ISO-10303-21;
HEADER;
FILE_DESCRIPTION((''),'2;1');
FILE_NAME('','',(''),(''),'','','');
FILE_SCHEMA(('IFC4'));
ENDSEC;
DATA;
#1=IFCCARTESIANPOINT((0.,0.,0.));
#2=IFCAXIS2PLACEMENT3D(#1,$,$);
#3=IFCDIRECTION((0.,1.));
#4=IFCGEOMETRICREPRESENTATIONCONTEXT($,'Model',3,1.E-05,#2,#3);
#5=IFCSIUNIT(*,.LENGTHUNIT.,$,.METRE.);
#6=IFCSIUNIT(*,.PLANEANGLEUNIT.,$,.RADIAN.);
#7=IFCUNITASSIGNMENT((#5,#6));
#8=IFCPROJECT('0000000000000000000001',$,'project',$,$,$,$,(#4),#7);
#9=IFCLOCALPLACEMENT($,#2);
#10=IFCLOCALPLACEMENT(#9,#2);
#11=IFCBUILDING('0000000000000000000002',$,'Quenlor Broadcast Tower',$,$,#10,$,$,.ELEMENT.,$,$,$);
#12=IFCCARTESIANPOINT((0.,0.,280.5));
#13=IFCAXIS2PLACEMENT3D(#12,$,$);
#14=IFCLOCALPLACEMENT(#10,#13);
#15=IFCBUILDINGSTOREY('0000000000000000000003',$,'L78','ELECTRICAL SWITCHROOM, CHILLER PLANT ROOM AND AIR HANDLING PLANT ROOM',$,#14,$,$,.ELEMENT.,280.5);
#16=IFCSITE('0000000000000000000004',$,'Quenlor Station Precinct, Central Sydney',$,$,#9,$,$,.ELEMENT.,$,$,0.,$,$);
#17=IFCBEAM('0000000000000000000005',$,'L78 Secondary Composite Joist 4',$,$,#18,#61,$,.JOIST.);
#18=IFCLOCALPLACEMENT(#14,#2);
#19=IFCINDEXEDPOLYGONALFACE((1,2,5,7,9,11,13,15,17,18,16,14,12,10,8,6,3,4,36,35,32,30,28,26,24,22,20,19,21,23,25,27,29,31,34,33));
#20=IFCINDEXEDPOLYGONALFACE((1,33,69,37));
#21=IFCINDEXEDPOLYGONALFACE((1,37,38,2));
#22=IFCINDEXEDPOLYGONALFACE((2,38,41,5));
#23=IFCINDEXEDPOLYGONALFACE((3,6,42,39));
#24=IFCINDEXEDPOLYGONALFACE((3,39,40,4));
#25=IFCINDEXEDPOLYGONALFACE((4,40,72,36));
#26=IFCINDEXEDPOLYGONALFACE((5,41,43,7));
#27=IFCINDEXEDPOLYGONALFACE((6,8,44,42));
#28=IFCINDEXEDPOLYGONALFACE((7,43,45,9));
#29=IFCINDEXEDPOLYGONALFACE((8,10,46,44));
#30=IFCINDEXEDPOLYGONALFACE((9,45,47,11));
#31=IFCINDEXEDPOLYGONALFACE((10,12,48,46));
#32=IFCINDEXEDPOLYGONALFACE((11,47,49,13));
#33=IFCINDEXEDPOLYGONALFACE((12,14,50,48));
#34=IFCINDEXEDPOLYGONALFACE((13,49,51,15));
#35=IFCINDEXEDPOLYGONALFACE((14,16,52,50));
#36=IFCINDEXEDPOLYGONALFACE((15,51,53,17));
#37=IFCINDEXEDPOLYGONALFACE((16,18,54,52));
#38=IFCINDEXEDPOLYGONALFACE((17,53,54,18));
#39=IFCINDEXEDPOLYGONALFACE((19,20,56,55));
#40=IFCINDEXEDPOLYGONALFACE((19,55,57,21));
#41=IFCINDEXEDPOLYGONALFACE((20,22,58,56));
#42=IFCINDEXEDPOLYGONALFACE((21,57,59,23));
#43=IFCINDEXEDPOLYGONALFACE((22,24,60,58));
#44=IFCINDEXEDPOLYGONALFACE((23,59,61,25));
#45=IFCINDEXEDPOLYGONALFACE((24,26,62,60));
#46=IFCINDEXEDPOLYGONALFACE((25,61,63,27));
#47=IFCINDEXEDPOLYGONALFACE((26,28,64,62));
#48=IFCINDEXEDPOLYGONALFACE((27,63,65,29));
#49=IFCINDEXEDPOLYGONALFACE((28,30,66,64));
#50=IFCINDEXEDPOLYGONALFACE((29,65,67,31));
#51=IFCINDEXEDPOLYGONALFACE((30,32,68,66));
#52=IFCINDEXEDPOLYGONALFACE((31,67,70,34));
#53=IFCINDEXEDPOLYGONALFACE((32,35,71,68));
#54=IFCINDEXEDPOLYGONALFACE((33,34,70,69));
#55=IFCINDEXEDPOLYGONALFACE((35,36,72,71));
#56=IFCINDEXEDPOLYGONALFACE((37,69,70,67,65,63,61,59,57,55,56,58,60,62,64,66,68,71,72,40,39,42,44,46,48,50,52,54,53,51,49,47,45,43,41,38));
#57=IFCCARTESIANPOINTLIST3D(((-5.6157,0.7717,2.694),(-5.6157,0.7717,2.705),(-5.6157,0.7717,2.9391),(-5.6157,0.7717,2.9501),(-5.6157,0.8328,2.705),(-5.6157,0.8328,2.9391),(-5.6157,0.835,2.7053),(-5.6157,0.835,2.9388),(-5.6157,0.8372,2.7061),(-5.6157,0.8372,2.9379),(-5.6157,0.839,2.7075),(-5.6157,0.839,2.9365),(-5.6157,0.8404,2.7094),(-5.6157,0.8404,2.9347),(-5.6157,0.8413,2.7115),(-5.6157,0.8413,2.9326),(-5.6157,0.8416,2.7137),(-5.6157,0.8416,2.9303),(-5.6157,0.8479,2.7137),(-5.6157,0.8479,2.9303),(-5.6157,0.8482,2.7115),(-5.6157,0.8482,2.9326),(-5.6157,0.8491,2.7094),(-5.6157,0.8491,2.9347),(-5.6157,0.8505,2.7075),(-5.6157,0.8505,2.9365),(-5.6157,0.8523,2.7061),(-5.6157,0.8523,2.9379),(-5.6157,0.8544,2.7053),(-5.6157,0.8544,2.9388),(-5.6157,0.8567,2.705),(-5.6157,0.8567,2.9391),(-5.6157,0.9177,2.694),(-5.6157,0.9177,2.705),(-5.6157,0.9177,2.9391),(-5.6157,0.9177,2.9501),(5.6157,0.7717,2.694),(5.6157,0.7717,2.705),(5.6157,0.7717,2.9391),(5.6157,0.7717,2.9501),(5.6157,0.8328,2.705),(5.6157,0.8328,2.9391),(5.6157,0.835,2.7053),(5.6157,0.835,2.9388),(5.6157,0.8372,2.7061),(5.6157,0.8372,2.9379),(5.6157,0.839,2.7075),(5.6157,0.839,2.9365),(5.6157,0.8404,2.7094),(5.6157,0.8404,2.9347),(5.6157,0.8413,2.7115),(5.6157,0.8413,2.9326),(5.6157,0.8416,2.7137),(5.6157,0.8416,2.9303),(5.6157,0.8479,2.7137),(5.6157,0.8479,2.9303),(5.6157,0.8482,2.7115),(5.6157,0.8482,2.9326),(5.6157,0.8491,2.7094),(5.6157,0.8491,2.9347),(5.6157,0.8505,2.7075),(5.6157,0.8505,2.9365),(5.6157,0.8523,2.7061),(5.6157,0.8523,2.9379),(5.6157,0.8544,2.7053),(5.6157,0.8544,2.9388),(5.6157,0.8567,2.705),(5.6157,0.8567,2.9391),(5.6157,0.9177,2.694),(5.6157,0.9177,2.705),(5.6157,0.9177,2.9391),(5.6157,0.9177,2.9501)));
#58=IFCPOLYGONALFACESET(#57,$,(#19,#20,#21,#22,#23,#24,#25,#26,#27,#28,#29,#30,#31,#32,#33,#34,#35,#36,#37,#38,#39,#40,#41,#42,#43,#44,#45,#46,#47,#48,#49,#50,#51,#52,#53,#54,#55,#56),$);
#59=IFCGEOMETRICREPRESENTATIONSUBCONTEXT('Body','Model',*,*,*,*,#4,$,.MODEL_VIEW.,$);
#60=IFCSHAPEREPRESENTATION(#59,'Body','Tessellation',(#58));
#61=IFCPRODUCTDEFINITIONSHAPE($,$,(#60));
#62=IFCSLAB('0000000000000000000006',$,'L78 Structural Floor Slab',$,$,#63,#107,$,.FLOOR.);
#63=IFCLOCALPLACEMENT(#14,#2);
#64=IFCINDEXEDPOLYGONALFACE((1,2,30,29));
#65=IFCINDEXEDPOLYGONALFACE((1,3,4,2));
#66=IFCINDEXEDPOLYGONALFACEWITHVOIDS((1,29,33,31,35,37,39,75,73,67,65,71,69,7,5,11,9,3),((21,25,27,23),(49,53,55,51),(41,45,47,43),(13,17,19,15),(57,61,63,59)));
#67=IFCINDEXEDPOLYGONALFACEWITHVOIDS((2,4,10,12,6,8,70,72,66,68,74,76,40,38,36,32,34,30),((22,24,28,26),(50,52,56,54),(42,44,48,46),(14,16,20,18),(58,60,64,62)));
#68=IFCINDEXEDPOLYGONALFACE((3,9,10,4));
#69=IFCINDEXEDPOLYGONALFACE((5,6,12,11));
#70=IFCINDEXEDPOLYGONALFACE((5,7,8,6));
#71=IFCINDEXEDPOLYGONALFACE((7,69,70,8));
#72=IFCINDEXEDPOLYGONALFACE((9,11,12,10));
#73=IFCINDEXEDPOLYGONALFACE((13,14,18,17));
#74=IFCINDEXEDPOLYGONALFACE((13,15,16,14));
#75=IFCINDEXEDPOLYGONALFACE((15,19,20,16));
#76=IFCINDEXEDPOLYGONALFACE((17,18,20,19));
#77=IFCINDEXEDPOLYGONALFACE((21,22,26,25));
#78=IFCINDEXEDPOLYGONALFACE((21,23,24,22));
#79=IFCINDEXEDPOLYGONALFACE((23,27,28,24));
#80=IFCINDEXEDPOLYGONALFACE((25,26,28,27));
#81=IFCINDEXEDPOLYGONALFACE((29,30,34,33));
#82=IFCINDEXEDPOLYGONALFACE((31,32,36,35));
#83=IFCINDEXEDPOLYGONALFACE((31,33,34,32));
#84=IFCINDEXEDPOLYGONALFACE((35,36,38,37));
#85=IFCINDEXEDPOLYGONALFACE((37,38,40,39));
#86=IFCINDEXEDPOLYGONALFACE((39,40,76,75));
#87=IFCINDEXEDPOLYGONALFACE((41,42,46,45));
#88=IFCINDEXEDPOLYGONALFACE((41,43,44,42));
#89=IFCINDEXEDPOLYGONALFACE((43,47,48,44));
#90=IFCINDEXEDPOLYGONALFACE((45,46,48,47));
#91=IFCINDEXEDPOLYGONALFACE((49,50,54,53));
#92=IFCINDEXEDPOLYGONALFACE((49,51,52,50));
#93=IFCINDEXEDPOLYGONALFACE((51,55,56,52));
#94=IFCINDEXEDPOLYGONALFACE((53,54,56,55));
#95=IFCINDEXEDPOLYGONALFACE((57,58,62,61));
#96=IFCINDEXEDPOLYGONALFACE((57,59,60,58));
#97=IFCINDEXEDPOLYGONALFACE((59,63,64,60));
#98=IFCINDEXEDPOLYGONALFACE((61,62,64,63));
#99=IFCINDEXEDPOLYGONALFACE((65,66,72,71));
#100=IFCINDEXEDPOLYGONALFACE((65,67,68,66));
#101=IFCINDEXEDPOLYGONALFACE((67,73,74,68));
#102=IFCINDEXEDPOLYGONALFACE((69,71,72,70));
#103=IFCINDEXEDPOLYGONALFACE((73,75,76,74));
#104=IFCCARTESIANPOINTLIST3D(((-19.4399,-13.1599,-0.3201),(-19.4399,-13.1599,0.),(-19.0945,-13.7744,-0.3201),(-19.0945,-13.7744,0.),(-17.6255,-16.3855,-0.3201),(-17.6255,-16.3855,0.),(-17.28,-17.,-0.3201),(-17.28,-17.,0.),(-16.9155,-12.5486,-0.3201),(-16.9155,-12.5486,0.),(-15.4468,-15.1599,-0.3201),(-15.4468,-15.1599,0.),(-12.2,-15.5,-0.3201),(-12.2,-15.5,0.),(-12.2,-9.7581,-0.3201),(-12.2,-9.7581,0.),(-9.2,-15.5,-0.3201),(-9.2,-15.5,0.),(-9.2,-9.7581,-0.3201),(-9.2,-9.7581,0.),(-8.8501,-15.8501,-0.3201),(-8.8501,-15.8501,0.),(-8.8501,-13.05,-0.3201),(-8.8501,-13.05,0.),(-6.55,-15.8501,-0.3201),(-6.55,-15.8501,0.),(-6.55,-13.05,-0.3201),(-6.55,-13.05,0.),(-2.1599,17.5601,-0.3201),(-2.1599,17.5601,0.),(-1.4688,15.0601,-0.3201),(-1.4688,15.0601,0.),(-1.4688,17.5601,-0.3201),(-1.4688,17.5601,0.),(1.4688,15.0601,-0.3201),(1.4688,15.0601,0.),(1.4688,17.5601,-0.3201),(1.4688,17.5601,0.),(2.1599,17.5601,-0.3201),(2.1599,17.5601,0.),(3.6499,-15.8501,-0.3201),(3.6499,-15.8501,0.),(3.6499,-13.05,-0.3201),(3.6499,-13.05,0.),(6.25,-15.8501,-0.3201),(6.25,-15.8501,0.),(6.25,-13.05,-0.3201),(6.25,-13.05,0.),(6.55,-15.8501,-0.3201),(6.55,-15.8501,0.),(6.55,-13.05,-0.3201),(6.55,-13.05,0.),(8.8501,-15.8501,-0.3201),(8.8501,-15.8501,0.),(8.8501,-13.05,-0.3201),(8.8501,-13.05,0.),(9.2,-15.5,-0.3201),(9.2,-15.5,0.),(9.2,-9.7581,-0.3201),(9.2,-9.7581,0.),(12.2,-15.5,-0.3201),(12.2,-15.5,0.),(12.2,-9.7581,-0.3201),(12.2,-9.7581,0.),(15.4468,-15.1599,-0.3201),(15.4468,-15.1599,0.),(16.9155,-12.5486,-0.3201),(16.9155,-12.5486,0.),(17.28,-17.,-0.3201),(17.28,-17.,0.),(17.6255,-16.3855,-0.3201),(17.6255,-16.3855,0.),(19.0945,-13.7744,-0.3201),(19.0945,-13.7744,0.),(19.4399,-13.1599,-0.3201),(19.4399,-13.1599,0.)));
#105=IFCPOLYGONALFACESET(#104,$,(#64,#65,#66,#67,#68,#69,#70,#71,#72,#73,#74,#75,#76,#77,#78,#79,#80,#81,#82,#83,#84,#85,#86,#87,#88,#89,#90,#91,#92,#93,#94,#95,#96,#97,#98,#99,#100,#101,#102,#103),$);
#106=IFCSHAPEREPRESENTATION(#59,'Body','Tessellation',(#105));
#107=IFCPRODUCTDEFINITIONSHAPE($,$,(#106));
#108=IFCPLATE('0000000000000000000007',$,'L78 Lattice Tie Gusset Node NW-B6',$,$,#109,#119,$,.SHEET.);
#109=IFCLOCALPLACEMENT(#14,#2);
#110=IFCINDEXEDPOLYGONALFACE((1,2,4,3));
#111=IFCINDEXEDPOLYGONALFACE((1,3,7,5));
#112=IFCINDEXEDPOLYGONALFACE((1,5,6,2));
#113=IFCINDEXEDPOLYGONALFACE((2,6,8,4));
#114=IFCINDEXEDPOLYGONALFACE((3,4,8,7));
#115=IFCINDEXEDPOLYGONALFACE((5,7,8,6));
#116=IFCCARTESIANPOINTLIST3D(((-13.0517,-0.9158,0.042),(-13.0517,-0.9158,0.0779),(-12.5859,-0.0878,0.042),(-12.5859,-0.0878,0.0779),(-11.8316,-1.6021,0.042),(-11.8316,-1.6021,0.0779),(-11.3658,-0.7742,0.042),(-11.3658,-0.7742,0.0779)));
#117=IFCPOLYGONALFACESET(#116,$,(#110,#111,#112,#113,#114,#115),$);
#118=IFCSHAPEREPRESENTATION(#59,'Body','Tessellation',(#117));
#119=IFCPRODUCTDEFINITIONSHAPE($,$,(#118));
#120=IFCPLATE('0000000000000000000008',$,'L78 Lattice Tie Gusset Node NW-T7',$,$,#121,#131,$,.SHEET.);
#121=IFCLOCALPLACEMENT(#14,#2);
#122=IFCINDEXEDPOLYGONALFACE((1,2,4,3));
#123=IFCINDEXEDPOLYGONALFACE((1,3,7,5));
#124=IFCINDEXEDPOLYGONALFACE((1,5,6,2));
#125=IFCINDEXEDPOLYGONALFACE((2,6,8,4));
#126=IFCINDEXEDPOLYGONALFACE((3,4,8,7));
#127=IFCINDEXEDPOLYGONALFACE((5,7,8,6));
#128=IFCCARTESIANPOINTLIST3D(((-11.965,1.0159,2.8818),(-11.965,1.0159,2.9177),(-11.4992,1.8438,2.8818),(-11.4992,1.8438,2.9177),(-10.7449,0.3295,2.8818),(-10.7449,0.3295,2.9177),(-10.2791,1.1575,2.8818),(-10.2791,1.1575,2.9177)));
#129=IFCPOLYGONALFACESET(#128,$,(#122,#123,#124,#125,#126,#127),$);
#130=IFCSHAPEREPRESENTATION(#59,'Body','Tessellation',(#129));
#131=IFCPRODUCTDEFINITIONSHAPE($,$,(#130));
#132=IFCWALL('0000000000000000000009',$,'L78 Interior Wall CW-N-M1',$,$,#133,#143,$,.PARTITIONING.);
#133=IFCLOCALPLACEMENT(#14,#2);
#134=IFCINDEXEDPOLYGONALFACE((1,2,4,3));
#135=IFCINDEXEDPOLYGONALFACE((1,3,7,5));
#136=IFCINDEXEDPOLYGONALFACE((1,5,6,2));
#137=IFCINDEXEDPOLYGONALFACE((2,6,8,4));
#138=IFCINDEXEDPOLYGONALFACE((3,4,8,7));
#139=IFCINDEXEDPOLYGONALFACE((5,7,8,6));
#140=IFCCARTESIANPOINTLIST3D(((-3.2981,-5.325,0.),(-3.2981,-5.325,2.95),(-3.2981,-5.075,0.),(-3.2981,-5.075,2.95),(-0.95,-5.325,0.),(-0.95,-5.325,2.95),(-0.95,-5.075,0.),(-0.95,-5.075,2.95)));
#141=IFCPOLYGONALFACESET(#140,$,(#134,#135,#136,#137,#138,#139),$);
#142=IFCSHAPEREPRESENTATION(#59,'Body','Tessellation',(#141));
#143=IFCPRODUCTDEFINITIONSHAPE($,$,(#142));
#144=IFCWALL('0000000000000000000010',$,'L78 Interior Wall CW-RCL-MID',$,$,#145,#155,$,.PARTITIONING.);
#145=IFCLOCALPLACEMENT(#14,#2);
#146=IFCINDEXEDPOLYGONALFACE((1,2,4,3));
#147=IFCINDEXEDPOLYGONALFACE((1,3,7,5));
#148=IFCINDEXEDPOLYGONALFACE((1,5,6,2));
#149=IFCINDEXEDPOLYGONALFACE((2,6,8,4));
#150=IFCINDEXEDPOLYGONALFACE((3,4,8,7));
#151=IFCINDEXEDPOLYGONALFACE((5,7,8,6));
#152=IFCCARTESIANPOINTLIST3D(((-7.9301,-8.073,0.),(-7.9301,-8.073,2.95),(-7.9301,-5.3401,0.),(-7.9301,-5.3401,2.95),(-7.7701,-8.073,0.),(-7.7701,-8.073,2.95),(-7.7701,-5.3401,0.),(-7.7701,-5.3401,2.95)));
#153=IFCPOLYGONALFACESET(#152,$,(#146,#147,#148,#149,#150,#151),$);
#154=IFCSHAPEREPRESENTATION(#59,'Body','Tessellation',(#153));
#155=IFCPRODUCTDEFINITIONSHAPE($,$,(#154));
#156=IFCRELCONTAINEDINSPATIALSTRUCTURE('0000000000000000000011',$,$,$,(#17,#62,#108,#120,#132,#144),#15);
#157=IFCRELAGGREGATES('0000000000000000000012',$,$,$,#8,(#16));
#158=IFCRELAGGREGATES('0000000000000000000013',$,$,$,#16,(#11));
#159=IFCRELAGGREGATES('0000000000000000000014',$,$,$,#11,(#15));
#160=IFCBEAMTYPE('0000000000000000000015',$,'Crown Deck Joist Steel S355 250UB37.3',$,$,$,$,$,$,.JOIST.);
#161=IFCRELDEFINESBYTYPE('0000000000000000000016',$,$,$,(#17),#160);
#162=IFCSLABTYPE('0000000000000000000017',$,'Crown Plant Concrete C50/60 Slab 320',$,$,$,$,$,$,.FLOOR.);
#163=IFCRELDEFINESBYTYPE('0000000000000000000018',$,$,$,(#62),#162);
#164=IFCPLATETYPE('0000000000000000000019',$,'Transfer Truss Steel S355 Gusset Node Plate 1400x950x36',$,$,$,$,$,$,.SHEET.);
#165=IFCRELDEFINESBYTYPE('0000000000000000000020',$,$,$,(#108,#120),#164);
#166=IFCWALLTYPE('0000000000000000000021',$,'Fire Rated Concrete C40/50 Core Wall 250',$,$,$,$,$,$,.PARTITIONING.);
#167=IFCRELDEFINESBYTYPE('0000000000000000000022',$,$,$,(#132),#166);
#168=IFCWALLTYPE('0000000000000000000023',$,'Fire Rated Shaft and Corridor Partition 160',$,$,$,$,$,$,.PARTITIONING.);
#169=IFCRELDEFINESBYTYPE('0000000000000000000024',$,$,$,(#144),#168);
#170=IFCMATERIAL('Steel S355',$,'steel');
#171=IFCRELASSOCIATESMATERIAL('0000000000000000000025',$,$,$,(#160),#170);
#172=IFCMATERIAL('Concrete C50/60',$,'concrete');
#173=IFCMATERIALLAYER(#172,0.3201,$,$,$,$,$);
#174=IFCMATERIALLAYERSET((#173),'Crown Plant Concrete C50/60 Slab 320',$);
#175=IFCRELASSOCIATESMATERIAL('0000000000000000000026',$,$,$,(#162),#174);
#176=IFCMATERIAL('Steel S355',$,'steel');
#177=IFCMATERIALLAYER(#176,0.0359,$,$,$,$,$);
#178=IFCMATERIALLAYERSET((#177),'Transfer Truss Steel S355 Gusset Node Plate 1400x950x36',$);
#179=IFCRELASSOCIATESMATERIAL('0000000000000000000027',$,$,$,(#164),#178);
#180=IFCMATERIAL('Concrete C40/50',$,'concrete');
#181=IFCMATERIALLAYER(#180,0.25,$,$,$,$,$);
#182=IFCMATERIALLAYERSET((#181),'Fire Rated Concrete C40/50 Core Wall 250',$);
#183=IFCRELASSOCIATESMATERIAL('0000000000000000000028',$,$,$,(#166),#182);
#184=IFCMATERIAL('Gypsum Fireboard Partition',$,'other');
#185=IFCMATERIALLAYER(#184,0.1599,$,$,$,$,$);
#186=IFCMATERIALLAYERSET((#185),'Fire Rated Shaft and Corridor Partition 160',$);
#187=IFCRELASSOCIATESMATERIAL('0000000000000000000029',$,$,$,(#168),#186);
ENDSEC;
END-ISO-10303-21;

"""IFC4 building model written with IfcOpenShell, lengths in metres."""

from ifc_helpers import new_model, si_unit, direction, frame, frame_2d, origin, origin_2d, place, context, subcontext, project, spatial, polyline, rectangle, i_section, outline, extrude, material, layer, layer_set, material_profile, profile_set, type_object, element, save


model = new_model("IFC4")

# Units and contexts
model_context = context("Model", 3, precision=1e-05, world=origin(), true_north=direction((0.0, 1.0)))
body_context = subcontext(model_context, "Body", "Model", "MODEL_VIEW")
ifc_project = project(units=[si_unit("LENGTHUNIT", "METRE"), si_unit("PLANEANGLEUNIT", "RADIAN")], contexts=[model_context])

# Site, building, storey
site_placement = place(None, origin())
site = spatial("IfcSite", under=ifc_project, at=site_placement, Name="Quenlor Station Precinct, Central Sydney", CompositionType="ELEMENT", RefElevation=0.0)
building_placement = place(site_placement, origin())
building = spatial("IfcBuilding", under=site, at=building_placement, Name="Quenlor Broadcast Tower", CompositionType="ELEMENT")
storey_placement = place(building_placement, frame((0.0, 0.0, 280.5)))
storey = spatial("IfcBuildingStorey", under=building, at=storey_placement, Name="L78", Description="ELECTRICAL SWITCHROOM, CHILLER PLANT ROOM AND AIR HANDLING PLANT ROOM", CompositionType="ELEMENT", Elevation=280.5)

# Beam
ifc_material_1 = material(Name="Steel S355", Category="steel")
ifc_material_profile_1 = material_profile(ifc_material_1, i_section(OverallWidth=0.146, OverallDepth=0.2561, WebThickness=0.0063, FlangeThickness=0.011, FilletRadius=0.0088, at=origin_2d()))
ifc_profile_set_1 = profile_set([ifc_material_profile_1], Name="Steel S355 250UB37.3")
beam_type_1 = type_object("IfcBeamType", Name="Crown Deck Joist Steel S355 250UB37.3", PredefinedType="JOIST", material=ifc_profile_set_1)
beam_1_placement = place(storey_placement, frame((-5.6157, 0.8447, 2.822), z_axis=(1.0, 0.0, 0.0), x_axis=(0.0, 1.0, 0.0)))
element("IfcBeam", 1, at=beam_1_placement, inside=storey, type_object=beam_type_1, Name="L78 Secondary Composite Joist 4", PredefinedType="JOIST", context=body_context, shape_type="SweptSolid", body=[
    extrude(i_section(OverallWidth=0.146, OverallDepth=0.2561, WebThickness=0.0063, FlangeThickness=0.011, FilletRadius=0.0088, at=origin_2d()), origin(), (0.0, 0.0, 1.0), 11.2314),
])

# Slab
ifc_material_2 = material(Name="Concrete C50/60", Category="concrete")
ifc_layer_1 = layer(ifc_material_2, 0.3201)
ifc_layer_set_1 = layer_set([ifc_layer_1], Name="Crown Plant Concrete C50/60 Slab 320")
slab_type = type_object("IfcSlabType", Name="Crown Plant Concrete C50/60 Slab 320", PredefinedType="FLOOR", material=ifc_layer_set_1)
slab_placement = place(storey_placement, frame((0.0, 0.0, -0.3201)))
element("IfcSlab", 2, at=slab_placement, inside=storey, type_object=slab_type, Name="L78 Structural Floor Slab", PredefinedType="FLOOR", context=body_context, shape_type="SweptSolid", body=[
    extrude(outline(polyline([(17.28, -17.0), (17.6255, -16.3855), (15.4468, -15.1599), (16.9155, -12.5486), (19.0945, -13.7744), (19.4399, -13.1599), (2.1599, 17.5601), (1.4688, 17.5601), (1.4688, 15.0601), (-1.4688, 15.0601), (-1.4688, 17.5601), (-2.1599, 17.5601), (-19.4399, -13.1599), (-19.0945, -13.7744), (-16.9155, -12.5486), (-15.4468, -15.1599), (-17.6255, -16.3855), (-17.28, -17.0), (17.28, -17.0)]), holes=[polyline([(-12.2, -9.7581), (-12.2, -15.5), (-9.2, -15.5), (-9.2, -9.7581), (-12.2, -9.7581)]), polyline([(9.2, -9.7581), (9.2, -15.5), (12.2, -15.5), (12.2, -9.7581), (9.2, -9.7581)]), polyline([(-8.8501, -15.8501), (-6.55, -15.8501), (-6.55, -13.05), (-8.8501, -13.05), (-8.8501, -15.8501)]), polyline([(6.55, -15.8501), (8.8501, -15.8501), (8.8501, -13.05), (6.55, -13.05), (6.55, -15.8501)]), polyline([(3.6499, -15.8501), (6.25, -15.8501), (6.25, -13.05), (3.6499, -13.05), (3.6499, -15.8501)])]), origin(), (0.0, 0.0, 1.0), 0.3201),
])

# Plates
ifc_material_3 = material(Name="Steel S355", Category="steel")
ifc_layer_2 = layer(ifc_material_3, 0.0359)
ifc_layer_set_2 = layer_set([ifc_layer_2], Name="Transfer Truss Steel S355 Gusset Node Plate 1400x950x36")
plate_type = type_object("IfcPlateType", Name="Transfer Truss Steel S355 Gusset Node Plate 1400x950x36", PredefinedType="SHEET", material=ifc_layer_set_2)
for number, where, z_axis, x_axis, name in (
    (3, (-12.2087, -0.845, 0.042), (0.0, 0.0, 1.0), (-0.871556, 0.490295, 0.0), "L78 Lattice Tie Gusset Node NW-B6"),
    (4, (-11.1221, 1.0867, 2.8818), (0.0, 0.0, 1.0), (-0.871556, 0.490295, 0.0), "L78 Lattice Tie Gusset Node NW-T7"),
):
    element("IfcPlate", number, at=place(storey_placement, frame(where, z_axis=z_axis, x_axis=x_axis)), inside=storey, type_object=plate_type, Name=name, PredefinedType="SHEET", context=body_context, shape_type="SweptSolid", body=[
        extrude(rectangle(XDim=1.3999, YDim=0.95, at=origin_2d()), origin(), (0.0, 0.0, 1.0), 0.0359),
    ])

# Walls
ifc_material_4 = material(Name="Concrete C40/50", Category="concrete")
ifc_layer_3 = layer(ifc_material_4, 0.25)
ifc_layer_set_3 = layer_set([ifc_layer_3], Name="Fire Rated Concrete C40/50 Core Wall 250")
wall_type_1 = type_object("IfcWallType", Name="Fire Rated Concrete C40/50 Core Wall 250", PredefinedType="PARTITIONING", material=ifc_layer_set_3)
wall_1_placement = place(storey_placement, frame((-3.2981, -5.2, 0.0), z_axis=(0.0, 0.0, 1.0), x_axis=(1.0, 0.0, 0.0)))
element("IfcWall", 5, at=wall_1_placement, inside=storey, type_object=wall_type_1, Name="L78 Interior Wall CW-N-M1", PredefinedType="PARTITIONING", context=body_context, shape_type="SweptSolid", body=[
    extrude(rectangle(XDim=2.3481, YDim=0.25, at=frame_2d((1.1741, 0.0))), origin(), (0.0, 0.0, 1.0), 2.95),
])
ifc_material_5 = material(Name="Gypsum Fireboard Partition", Category="other")
ifc_layer_4 = layer(ifc_material_5, 0.1599)
ifc_layer_set_4 = layer_set([ifc_layer_4], Name="Fire Rated Shaft and Corridor Partition 160")
wall_type_2 = type_object("IfcWallType", Name="Fire Rated Shaft and Corridor Partition 160", PredefinedType="PARTITIONING", material=ifc_layer_set_4)
wall_2_placement = place(storey_placement, frame((-7.8501, -8.073, 0.0), z_axis=(0.0, 0.0, 1.0), x_axis=(0.0, 1.0, 0.0)))
element("IfcWall", 6, at=wall_2_placement, inside=storey, type_object=wall_type_2, Name="L78 Interior Wall CW-RCL-MID", PredefinedType="PARTITIONING", context=body_context, shape_type="SweptSolid", body=[
    extrude(rectangle(XDim=2.7329, YDim=0.1599, at=frame_2d((1.3665, 0.0))), origin(), (0.0, 0.0, 1.0), 2.95),
])

save(model, "model.ifc")
